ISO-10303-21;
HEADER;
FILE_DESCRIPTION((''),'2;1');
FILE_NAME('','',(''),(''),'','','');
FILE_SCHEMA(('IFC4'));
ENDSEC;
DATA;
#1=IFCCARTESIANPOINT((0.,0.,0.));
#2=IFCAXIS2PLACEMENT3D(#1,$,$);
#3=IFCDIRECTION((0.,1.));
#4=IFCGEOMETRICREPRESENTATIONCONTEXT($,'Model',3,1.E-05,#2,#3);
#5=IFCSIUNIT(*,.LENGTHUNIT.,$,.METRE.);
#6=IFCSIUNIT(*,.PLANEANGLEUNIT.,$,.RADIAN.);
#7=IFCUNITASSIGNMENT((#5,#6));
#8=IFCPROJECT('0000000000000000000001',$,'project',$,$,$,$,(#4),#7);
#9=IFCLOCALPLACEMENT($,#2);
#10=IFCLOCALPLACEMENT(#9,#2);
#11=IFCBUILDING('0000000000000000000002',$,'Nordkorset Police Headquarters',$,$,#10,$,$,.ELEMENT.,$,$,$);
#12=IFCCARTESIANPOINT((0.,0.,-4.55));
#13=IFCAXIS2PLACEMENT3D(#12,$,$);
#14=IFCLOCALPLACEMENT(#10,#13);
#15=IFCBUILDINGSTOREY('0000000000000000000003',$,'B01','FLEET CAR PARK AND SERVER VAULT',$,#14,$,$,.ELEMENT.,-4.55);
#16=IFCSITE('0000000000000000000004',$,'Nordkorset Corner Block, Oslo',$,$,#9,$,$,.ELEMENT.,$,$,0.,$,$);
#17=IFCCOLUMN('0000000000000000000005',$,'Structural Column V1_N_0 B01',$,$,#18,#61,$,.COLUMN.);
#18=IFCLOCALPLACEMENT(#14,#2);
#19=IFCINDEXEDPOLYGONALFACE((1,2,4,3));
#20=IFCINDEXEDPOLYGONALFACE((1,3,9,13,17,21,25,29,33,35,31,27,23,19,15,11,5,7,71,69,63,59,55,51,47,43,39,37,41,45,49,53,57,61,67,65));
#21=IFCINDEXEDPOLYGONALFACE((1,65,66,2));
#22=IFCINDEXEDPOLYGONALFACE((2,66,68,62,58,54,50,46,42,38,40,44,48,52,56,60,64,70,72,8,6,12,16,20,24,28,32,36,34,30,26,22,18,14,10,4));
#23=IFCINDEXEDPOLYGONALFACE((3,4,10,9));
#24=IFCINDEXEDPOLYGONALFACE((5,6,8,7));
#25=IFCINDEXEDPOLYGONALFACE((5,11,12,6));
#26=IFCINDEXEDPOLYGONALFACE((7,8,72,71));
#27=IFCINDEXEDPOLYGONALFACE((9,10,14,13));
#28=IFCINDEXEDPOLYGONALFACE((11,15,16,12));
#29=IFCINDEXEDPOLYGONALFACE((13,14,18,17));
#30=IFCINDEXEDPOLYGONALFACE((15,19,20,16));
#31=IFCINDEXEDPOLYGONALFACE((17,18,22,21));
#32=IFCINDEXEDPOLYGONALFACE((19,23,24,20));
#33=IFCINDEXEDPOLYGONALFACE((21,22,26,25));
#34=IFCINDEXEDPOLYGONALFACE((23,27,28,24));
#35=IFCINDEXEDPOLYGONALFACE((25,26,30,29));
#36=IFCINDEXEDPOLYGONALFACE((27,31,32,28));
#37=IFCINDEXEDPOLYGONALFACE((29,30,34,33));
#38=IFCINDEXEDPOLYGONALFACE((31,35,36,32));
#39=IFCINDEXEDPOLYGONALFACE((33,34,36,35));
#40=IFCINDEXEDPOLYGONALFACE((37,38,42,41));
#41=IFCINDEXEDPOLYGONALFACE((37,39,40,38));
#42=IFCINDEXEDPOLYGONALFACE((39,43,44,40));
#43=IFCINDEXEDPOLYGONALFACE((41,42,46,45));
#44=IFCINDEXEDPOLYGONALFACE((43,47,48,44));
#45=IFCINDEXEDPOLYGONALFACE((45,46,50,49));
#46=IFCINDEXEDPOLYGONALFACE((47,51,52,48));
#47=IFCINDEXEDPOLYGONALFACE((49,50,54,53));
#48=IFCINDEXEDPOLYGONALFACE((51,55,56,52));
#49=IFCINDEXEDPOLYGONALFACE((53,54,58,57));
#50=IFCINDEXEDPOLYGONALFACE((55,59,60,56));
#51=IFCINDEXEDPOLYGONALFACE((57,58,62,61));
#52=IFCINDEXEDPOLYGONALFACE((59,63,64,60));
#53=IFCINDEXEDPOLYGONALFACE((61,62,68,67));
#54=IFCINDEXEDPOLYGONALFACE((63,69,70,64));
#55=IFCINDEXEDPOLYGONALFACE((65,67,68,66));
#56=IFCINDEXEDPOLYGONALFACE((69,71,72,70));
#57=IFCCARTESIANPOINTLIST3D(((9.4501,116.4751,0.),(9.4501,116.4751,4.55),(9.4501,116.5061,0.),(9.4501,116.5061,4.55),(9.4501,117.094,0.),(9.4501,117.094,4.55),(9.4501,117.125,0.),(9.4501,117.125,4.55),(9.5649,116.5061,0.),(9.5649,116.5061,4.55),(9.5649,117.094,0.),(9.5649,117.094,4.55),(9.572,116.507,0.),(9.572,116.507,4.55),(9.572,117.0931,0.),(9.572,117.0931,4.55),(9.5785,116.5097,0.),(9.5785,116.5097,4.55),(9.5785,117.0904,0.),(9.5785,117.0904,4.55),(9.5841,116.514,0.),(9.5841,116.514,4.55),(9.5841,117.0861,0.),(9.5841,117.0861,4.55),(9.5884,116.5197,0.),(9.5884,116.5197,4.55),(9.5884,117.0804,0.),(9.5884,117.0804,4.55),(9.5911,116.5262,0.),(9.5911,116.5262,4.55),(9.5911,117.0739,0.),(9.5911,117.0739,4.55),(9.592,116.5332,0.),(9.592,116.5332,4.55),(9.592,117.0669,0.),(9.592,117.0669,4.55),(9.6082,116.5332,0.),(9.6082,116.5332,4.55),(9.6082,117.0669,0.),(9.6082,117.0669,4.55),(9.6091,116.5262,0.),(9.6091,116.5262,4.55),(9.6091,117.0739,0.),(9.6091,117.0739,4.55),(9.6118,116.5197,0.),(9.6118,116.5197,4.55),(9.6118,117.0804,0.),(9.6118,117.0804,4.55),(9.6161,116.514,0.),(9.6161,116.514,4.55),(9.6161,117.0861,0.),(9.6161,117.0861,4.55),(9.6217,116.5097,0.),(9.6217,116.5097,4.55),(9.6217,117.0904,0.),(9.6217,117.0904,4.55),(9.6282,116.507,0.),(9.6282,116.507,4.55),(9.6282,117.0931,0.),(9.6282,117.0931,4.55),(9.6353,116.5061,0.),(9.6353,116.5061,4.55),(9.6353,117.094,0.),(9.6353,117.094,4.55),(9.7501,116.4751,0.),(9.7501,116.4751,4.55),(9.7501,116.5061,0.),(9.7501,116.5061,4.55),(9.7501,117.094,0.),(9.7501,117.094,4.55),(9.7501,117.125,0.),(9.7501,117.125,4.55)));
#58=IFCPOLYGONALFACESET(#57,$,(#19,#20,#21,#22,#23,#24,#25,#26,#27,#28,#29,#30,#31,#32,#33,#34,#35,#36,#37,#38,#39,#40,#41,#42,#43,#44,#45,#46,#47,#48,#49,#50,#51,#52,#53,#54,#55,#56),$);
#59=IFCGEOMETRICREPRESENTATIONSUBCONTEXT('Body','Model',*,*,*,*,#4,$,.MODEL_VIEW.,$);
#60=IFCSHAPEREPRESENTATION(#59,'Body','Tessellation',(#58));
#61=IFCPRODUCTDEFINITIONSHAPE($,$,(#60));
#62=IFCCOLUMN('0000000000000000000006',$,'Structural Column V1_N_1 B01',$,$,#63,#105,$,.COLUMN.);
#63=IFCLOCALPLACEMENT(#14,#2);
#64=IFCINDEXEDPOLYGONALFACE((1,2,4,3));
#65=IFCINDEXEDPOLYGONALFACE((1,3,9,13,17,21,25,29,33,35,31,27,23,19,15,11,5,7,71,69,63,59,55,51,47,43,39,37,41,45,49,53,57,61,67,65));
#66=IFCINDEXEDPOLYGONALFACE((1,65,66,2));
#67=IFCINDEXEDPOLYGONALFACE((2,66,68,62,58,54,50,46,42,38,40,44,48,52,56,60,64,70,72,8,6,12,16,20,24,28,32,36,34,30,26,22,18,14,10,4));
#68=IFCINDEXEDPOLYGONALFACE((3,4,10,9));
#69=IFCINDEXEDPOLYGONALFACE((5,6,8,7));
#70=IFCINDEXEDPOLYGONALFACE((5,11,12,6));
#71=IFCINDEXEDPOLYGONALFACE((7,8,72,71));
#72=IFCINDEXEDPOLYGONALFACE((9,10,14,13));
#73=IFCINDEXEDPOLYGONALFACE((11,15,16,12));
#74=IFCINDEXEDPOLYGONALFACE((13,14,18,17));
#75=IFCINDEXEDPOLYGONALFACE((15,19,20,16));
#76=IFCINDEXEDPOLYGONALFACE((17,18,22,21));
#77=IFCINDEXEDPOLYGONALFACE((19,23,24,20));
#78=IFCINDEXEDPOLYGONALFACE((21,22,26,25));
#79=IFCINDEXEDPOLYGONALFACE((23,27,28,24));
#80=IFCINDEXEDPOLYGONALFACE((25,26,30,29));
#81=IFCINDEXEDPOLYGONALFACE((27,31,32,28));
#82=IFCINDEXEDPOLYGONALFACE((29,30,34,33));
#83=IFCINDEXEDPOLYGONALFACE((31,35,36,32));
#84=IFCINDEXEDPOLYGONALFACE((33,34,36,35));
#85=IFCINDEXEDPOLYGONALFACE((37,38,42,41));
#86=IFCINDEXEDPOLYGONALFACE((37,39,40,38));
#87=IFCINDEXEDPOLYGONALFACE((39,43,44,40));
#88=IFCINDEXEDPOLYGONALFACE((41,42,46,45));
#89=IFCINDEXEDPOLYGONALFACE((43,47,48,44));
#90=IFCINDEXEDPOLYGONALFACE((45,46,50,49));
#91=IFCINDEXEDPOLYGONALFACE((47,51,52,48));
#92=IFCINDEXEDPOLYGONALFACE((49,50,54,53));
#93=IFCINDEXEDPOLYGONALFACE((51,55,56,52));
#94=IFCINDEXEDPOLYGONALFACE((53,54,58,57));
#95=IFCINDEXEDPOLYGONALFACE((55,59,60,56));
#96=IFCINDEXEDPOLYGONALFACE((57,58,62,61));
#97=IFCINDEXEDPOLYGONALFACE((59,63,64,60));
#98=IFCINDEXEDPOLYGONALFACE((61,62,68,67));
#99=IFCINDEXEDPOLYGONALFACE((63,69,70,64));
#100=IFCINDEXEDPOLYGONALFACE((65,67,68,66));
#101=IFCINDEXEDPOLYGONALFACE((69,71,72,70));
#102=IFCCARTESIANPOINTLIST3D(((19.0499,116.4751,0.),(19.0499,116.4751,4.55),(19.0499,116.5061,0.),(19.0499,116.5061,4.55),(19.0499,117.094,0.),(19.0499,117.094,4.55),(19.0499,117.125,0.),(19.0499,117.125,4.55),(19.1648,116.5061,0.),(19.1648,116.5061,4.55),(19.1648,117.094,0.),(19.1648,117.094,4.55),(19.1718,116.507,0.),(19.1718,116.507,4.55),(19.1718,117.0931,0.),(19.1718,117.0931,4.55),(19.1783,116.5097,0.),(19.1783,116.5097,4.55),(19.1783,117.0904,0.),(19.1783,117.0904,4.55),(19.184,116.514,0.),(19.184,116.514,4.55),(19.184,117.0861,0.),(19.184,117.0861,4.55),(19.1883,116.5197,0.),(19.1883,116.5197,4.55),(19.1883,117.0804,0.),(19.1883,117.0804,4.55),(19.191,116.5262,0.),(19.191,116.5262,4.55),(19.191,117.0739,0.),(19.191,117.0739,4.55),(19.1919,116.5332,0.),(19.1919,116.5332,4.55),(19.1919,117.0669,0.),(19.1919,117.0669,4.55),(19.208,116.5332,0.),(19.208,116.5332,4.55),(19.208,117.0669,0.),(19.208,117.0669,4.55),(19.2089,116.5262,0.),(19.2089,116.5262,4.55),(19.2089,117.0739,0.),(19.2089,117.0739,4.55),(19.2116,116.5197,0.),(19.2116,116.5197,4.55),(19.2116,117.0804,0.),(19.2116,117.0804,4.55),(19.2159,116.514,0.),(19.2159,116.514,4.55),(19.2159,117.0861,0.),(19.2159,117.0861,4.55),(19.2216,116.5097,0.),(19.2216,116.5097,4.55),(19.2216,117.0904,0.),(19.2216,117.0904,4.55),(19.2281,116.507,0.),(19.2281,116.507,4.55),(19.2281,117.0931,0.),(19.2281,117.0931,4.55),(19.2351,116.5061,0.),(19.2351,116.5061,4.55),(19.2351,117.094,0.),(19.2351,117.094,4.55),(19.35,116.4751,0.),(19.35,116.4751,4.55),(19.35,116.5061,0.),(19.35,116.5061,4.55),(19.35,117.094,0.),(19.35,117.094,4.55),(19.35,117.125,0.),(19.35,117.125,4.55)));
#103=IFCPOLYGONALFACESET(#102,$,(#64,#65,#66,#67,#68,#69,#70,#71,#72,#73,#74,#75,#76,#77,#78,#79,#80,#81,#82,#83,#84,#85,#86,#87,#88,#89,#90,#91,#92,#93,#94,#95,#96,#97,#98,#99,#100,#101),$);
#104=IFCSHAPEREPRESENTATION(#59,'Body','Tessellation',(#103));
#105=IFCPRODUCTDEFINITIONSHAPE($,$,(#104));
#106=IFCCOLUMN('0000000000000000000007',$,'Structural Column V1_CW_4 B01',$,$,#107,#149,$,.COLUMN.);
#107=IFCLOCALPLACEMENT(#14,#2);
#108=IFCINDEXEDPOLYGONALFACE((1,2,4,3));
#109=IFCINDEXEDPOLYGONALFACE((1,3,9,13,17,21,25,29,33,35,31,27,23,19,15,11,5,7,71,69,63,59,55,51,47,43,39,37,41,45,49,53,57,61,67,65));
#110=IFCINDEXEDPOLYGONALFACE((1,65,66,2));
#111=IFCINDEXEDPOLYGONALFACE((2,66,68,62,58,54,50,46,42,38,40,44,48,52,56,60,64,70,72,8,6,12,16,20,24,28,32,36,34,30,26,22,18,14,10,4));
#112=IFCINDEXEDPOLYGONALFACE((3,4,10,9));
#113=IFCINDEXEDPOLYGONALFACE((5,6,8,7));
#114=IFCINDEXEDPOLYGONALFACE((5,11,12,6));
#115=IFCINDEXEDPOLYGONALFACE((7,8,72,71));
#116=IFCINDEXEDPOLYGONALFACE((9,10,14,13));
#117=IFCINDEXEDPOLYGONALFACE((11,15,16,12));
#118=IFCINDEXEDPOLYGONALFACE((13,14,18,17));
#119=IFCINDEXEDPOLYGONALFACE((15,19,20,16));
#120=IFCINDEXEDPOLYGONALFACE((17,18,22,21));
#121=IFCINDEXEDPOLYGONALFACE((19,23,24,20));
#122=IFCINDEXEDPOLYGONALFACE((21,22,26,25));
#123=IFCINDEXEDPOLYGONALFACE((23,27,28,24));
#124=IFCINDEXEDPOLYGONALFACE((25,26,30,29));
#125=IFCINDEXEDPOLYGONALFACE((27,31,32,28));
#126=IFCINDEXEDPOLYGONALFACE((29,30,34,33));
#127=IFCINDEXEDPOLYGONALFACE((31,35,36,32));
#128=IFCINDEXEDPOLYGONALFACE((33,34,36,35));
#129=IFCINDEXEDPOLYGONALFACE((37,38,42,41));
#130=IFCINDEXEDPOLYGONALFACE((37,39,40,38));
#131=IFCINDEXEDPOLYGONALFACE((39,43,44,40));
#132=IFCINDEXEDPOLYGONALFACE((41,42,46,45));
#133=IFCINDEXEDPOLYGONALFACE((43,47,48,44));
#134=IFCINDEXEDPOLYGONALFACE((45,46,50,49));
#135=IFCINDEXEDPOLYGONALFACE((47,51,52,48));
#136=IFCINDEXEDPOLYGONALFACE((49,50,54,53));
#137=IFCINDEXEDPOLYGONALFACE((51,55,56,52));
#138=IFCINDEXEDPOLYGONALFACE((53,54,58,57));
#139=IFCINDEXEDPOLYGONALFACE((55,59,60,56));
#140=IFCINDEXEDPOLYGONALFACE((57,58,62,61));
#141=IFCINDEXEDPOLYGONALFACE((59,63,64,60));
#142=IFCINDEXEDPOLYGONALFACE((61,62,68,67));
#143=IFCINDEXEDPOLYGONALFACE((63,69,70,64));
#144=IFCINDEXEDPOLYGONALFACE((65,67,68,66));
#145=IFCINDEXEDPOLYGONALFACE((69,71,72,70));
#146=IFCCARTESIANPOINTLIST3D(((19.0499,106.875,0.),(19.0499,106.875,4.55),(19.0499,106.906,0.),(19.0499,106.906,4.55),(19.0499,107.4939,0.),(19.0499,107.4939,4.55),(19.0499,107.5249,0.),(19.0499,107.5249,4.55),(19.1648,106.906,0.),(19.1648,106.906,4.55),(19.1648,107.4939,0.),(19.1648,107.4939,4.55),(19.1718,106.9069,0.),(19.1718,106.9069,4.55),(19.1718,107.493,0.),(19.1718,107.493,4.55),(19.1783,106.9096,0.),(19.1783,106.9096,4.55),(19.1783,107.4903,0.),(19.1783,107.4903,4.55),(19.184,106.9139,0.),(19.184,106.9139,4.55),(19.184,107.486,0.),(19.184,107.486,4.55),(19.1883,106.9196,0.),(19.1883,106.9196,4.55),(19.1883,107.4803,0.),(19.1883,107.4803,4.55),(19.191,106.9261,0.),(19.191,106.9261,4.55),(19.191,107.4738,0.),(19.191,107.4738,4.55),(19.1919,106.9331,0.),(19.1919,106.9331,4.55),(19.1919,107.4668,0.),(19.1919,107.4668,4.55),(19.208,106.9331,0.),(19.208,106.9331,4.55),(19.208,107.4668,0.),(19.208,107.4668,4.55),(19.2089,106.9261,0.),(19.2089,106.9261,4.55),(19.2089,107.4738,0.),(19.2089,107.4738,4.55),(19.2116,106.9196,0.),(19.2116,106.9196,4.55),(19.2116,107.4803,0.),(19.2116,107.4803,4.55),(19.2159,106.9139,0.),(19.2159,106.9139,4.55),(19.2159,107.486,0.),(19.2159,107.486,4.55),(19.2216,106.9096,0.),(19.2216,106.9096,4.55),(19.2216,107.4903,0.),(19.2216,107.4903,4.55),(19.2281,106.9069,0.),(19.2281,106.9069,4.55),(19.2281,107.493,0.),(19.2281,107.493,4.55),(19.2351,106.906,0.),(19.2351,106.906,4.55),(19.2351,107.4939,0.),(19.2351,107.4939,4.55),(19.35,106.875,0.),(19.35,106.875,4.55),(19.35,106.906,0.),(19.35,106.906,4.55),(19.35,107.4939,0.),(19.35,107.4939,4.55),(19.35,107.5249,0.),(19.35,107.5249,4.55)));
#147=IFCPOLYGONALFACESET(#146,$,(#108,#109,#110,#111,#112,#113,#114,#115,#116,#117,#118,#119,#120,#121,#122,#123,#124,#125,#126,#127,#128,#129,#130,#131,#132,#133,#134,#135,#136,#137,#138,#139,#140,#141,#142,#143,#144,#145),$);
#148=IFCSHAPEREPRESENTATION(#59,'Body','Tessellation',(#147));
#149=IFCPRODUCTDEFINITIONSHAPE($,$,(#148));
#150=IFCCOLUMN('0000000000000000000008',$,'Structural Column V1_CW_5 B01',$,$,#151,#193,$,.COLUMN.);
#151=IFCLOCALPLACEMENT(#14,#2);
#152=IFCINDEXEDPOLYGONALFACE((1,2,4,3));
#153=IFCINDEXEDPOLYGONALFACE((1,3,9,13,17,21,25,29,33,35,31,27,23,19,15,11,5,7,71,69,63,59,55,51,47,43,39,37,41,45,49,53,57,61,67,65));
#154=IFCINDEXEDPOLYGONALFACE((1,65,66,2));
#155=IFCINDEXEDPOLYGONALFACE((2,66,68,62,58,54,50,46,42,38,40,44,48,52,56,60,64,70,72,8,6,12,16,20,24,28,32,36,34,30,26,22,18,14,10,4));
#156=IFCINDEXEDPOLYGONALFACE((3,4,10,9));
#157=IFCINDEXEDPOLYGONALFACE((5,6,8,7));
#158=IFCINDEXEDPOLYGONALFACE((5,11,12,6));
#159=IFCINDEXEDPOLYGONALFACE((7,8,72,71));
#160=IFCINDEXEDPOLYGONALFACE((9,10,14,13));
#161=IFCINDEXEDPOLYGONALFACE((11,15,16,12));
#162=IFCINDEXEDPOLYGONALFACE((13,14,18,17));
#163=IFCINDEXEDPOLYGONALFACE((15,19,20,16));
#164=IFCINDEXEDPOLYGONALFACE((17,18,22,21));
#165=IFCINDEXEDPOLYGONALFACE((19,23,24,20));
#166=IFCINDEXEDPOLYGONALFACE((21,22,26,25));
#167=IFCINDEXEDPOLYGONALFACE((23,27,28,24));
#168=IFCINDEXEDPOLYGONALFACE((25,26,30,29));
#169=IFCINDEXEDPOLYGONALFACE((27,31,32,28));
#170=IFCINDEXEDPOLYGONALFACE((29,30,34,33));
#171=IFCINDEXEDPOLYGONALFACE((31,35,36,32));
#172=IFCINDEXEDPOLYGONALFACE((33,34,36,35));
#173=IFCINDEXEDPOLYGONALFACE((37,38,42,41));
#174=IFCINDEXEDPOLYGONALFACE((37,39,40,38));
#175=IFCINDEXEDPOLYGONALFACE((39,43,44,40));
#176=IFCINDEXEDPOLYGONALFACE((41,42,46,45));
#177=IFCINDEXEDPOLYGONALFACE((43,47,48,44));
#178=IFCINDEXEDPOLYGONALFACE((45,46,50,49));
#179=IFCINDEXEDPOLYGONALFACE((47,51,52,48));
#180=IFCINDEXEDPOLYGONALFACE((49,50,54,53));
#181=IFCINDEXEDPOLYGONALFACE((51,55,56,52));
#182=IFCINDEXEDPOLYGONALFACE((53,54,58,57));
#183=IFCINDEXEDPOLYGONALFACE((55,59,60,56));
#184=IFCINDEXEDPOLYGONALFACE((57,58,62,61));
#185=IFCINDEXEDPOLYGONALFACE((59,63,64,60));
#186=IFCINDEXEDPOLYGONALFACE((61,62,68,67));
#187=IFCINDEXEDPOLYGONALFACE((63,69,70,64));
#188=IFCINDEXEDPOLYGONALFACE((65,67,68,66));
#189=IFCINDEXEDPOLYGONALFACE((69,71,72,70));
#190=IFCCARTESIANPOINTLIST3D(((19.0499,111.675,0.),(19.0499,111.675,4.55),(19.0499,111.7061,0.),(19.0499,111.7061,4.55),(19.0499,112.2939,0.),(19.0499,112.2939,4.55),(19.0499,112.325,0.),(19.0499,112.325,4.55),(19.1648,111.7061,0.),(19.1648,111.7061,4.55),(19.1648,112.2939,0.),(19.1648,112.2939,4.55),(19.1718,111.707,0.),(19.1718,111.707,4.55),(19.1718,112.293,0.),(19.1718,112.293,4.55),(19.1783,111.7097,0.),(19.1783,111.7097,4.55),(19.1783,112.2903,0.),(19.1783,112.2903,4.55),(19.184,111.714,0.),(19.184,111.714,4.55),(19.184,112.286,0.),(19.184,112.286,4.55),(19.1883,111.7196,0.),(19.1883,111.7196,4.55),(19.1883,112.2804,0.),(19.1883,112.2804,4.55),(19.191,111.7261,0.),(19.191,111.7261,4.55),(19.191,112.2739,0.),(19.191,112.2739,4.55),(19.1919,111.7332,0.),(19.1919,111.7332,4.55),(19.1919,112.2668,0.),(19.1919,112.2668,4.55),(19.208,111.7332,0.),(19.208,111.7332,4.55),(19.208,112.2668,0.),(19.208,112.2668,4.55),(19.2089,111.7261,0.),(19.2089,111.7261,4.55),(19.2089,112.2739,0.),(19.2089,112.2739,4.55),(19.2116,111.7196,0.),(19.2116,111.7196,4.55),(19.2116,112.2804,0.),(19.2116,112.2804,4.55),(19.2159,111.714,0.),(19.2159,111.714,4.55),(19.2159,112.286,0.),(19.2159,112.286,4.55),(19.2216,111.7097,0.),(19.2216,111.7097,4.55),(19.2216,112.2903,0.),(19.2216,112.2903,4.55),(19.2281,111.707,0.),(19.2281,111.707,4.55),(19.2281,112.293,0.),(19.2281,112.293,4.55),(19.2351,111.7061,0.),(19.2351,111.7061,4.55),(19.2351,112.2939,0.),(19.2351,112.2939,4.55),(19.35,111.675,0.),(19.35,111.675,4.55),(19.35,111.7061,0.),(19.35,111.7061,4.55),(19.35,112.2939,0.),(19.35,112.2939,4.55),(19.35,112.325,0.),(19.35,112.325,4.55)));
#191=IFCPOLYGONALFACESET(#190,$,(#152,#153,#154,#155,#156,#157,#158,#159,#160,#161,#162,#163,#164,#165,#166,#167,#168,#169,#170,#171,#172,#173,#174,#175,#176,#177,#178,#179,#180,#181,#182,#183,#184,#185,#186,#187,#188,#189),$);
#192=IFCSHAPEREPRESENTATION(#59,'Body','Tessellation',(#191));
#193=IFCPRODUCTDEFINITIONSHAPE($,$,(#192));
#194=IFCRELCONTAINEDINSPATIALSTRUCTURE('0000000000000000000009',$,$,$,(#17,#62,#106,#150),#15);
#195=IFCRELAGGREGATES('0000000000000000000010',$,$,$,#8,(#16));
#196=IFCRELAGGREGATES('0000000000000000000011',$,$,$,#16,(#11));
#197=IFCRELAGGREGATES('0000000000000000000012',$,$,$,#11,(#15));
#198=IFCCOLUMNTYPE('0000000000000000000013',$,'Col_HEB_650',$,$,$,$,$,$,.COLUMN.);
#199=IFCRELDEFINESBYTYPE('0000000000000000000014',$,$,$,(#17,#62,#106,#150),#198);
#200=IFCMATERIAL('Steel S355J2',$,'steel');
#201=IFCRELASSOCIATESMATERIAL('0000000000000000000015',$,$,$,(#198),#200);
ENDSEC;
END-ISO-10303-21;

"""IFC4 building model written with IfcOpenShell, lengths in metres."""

from ifc_helpers import new_model, si_unit, direction, frame, origin, origin_2d, place, context, subcontext, project, spatial, i_section, extrude, material, material_profile, profile_set, type_object, element, save


model = new_model("IFC4")

# Units and contexts
model_context = context("Model", 3, precision=1e-05, world=origin(), true_north=direction((0.0, 1.0)))
body_context = subcontext(model_context, "Body", "Model", "MODEL_VIEW")
ifc_project = project(units=[si_unit("LENGTHUNIT", "METRE"), si_unit("PLANEANGLEUNIT", "RADIAN")], contexts=[model_context])

# Site, building, storey
site_placement = place(None, origin())
site = spatial("IfcSite", under=ifc_project, at=site_placement, Name="Nordkorset Corner Block, Oslo", CompositionType="ELEMENT", RefElevation=0.0)
building_placement = place(site_placement, origin())
building = spatial("IfcBuilding", under=site, at=building_placement, Name="Nordkorset Police Headquarters", CompositionType="ELEMENT")
storey_placement = place(building_placement, frame((0.0, 0.0, -4.55)))
storey = spatial("IfcBuildingStorey", under=building, at=storey_placement, Name="B01", Description="FLEET CAR PARK AND SERVER VAULT", CompositionType="ELEMENT", Elevation=-4.55)

# Columns
ifc_material_1 = material(Name="Steel S355J2", Category="steel")
ifc_material_profile_1 = material_profile(ifc_material_1, i_section(OverallWidth=0.3, OverallDepth=0.6499, WebThickness=0.0161, FlangeThickness=0.031, FilletRadius=0.0271, at=origin_2d()), Name="HEB 650")
ifc_profile_set_1 = profile_set([ifc_material_profile_1], Name="Steel S355J2")
column_type = type_object("IfcColumnType", Name="Col_HEB_650", PredefinedType="COLUMN", material=ifc_profile_set_1)
for number, where, z_axis, x_axis, name in (
    (1, (9.6001, 116.8, 0.0), (0.0, 0.0, 1.0), (1.0, 0.0, 0.0), "Structural Column V1_N_0 B01"),
    (2, (19.2, 116.8, 0.0), (0.0, 0.0, 1.0), (1.0, 0.0, 0.0), "Structural Column V1_N_1 B01"),
    (3, (19.2, 107.2, 0.0), (0.0, 0.0, 1.0), (1.0, 0.0, 0.0), "Structural Column V1_CW_4 B01"),
    (4, (19.2, 112.0, 0.0), (0.0, 0.0, 1.0), (1.0, 0.0, 0.0), "Structural Column V1_CW_5 B01"),
):
    element("IfcColumn", number, at=place(storey_placement, frame(where, z_axis=z_axis, x_axis=x_axis)), inside=storey, type_object=column_type, Name=name, PredefinedType="COLUMN", context=body_context, shape_type="SweptSolid", body=[
        extrude(i_section(OverallWidth=0.3, OverallDepth=0.6499, WebThickness=0.0161, FlangeThickness=0.031, FilletRadius=0.0271, at=origin_2d()), origin(), (0.0, 0.0, 1.0), 4.55),
    ])

save(model, "model.ifc")
